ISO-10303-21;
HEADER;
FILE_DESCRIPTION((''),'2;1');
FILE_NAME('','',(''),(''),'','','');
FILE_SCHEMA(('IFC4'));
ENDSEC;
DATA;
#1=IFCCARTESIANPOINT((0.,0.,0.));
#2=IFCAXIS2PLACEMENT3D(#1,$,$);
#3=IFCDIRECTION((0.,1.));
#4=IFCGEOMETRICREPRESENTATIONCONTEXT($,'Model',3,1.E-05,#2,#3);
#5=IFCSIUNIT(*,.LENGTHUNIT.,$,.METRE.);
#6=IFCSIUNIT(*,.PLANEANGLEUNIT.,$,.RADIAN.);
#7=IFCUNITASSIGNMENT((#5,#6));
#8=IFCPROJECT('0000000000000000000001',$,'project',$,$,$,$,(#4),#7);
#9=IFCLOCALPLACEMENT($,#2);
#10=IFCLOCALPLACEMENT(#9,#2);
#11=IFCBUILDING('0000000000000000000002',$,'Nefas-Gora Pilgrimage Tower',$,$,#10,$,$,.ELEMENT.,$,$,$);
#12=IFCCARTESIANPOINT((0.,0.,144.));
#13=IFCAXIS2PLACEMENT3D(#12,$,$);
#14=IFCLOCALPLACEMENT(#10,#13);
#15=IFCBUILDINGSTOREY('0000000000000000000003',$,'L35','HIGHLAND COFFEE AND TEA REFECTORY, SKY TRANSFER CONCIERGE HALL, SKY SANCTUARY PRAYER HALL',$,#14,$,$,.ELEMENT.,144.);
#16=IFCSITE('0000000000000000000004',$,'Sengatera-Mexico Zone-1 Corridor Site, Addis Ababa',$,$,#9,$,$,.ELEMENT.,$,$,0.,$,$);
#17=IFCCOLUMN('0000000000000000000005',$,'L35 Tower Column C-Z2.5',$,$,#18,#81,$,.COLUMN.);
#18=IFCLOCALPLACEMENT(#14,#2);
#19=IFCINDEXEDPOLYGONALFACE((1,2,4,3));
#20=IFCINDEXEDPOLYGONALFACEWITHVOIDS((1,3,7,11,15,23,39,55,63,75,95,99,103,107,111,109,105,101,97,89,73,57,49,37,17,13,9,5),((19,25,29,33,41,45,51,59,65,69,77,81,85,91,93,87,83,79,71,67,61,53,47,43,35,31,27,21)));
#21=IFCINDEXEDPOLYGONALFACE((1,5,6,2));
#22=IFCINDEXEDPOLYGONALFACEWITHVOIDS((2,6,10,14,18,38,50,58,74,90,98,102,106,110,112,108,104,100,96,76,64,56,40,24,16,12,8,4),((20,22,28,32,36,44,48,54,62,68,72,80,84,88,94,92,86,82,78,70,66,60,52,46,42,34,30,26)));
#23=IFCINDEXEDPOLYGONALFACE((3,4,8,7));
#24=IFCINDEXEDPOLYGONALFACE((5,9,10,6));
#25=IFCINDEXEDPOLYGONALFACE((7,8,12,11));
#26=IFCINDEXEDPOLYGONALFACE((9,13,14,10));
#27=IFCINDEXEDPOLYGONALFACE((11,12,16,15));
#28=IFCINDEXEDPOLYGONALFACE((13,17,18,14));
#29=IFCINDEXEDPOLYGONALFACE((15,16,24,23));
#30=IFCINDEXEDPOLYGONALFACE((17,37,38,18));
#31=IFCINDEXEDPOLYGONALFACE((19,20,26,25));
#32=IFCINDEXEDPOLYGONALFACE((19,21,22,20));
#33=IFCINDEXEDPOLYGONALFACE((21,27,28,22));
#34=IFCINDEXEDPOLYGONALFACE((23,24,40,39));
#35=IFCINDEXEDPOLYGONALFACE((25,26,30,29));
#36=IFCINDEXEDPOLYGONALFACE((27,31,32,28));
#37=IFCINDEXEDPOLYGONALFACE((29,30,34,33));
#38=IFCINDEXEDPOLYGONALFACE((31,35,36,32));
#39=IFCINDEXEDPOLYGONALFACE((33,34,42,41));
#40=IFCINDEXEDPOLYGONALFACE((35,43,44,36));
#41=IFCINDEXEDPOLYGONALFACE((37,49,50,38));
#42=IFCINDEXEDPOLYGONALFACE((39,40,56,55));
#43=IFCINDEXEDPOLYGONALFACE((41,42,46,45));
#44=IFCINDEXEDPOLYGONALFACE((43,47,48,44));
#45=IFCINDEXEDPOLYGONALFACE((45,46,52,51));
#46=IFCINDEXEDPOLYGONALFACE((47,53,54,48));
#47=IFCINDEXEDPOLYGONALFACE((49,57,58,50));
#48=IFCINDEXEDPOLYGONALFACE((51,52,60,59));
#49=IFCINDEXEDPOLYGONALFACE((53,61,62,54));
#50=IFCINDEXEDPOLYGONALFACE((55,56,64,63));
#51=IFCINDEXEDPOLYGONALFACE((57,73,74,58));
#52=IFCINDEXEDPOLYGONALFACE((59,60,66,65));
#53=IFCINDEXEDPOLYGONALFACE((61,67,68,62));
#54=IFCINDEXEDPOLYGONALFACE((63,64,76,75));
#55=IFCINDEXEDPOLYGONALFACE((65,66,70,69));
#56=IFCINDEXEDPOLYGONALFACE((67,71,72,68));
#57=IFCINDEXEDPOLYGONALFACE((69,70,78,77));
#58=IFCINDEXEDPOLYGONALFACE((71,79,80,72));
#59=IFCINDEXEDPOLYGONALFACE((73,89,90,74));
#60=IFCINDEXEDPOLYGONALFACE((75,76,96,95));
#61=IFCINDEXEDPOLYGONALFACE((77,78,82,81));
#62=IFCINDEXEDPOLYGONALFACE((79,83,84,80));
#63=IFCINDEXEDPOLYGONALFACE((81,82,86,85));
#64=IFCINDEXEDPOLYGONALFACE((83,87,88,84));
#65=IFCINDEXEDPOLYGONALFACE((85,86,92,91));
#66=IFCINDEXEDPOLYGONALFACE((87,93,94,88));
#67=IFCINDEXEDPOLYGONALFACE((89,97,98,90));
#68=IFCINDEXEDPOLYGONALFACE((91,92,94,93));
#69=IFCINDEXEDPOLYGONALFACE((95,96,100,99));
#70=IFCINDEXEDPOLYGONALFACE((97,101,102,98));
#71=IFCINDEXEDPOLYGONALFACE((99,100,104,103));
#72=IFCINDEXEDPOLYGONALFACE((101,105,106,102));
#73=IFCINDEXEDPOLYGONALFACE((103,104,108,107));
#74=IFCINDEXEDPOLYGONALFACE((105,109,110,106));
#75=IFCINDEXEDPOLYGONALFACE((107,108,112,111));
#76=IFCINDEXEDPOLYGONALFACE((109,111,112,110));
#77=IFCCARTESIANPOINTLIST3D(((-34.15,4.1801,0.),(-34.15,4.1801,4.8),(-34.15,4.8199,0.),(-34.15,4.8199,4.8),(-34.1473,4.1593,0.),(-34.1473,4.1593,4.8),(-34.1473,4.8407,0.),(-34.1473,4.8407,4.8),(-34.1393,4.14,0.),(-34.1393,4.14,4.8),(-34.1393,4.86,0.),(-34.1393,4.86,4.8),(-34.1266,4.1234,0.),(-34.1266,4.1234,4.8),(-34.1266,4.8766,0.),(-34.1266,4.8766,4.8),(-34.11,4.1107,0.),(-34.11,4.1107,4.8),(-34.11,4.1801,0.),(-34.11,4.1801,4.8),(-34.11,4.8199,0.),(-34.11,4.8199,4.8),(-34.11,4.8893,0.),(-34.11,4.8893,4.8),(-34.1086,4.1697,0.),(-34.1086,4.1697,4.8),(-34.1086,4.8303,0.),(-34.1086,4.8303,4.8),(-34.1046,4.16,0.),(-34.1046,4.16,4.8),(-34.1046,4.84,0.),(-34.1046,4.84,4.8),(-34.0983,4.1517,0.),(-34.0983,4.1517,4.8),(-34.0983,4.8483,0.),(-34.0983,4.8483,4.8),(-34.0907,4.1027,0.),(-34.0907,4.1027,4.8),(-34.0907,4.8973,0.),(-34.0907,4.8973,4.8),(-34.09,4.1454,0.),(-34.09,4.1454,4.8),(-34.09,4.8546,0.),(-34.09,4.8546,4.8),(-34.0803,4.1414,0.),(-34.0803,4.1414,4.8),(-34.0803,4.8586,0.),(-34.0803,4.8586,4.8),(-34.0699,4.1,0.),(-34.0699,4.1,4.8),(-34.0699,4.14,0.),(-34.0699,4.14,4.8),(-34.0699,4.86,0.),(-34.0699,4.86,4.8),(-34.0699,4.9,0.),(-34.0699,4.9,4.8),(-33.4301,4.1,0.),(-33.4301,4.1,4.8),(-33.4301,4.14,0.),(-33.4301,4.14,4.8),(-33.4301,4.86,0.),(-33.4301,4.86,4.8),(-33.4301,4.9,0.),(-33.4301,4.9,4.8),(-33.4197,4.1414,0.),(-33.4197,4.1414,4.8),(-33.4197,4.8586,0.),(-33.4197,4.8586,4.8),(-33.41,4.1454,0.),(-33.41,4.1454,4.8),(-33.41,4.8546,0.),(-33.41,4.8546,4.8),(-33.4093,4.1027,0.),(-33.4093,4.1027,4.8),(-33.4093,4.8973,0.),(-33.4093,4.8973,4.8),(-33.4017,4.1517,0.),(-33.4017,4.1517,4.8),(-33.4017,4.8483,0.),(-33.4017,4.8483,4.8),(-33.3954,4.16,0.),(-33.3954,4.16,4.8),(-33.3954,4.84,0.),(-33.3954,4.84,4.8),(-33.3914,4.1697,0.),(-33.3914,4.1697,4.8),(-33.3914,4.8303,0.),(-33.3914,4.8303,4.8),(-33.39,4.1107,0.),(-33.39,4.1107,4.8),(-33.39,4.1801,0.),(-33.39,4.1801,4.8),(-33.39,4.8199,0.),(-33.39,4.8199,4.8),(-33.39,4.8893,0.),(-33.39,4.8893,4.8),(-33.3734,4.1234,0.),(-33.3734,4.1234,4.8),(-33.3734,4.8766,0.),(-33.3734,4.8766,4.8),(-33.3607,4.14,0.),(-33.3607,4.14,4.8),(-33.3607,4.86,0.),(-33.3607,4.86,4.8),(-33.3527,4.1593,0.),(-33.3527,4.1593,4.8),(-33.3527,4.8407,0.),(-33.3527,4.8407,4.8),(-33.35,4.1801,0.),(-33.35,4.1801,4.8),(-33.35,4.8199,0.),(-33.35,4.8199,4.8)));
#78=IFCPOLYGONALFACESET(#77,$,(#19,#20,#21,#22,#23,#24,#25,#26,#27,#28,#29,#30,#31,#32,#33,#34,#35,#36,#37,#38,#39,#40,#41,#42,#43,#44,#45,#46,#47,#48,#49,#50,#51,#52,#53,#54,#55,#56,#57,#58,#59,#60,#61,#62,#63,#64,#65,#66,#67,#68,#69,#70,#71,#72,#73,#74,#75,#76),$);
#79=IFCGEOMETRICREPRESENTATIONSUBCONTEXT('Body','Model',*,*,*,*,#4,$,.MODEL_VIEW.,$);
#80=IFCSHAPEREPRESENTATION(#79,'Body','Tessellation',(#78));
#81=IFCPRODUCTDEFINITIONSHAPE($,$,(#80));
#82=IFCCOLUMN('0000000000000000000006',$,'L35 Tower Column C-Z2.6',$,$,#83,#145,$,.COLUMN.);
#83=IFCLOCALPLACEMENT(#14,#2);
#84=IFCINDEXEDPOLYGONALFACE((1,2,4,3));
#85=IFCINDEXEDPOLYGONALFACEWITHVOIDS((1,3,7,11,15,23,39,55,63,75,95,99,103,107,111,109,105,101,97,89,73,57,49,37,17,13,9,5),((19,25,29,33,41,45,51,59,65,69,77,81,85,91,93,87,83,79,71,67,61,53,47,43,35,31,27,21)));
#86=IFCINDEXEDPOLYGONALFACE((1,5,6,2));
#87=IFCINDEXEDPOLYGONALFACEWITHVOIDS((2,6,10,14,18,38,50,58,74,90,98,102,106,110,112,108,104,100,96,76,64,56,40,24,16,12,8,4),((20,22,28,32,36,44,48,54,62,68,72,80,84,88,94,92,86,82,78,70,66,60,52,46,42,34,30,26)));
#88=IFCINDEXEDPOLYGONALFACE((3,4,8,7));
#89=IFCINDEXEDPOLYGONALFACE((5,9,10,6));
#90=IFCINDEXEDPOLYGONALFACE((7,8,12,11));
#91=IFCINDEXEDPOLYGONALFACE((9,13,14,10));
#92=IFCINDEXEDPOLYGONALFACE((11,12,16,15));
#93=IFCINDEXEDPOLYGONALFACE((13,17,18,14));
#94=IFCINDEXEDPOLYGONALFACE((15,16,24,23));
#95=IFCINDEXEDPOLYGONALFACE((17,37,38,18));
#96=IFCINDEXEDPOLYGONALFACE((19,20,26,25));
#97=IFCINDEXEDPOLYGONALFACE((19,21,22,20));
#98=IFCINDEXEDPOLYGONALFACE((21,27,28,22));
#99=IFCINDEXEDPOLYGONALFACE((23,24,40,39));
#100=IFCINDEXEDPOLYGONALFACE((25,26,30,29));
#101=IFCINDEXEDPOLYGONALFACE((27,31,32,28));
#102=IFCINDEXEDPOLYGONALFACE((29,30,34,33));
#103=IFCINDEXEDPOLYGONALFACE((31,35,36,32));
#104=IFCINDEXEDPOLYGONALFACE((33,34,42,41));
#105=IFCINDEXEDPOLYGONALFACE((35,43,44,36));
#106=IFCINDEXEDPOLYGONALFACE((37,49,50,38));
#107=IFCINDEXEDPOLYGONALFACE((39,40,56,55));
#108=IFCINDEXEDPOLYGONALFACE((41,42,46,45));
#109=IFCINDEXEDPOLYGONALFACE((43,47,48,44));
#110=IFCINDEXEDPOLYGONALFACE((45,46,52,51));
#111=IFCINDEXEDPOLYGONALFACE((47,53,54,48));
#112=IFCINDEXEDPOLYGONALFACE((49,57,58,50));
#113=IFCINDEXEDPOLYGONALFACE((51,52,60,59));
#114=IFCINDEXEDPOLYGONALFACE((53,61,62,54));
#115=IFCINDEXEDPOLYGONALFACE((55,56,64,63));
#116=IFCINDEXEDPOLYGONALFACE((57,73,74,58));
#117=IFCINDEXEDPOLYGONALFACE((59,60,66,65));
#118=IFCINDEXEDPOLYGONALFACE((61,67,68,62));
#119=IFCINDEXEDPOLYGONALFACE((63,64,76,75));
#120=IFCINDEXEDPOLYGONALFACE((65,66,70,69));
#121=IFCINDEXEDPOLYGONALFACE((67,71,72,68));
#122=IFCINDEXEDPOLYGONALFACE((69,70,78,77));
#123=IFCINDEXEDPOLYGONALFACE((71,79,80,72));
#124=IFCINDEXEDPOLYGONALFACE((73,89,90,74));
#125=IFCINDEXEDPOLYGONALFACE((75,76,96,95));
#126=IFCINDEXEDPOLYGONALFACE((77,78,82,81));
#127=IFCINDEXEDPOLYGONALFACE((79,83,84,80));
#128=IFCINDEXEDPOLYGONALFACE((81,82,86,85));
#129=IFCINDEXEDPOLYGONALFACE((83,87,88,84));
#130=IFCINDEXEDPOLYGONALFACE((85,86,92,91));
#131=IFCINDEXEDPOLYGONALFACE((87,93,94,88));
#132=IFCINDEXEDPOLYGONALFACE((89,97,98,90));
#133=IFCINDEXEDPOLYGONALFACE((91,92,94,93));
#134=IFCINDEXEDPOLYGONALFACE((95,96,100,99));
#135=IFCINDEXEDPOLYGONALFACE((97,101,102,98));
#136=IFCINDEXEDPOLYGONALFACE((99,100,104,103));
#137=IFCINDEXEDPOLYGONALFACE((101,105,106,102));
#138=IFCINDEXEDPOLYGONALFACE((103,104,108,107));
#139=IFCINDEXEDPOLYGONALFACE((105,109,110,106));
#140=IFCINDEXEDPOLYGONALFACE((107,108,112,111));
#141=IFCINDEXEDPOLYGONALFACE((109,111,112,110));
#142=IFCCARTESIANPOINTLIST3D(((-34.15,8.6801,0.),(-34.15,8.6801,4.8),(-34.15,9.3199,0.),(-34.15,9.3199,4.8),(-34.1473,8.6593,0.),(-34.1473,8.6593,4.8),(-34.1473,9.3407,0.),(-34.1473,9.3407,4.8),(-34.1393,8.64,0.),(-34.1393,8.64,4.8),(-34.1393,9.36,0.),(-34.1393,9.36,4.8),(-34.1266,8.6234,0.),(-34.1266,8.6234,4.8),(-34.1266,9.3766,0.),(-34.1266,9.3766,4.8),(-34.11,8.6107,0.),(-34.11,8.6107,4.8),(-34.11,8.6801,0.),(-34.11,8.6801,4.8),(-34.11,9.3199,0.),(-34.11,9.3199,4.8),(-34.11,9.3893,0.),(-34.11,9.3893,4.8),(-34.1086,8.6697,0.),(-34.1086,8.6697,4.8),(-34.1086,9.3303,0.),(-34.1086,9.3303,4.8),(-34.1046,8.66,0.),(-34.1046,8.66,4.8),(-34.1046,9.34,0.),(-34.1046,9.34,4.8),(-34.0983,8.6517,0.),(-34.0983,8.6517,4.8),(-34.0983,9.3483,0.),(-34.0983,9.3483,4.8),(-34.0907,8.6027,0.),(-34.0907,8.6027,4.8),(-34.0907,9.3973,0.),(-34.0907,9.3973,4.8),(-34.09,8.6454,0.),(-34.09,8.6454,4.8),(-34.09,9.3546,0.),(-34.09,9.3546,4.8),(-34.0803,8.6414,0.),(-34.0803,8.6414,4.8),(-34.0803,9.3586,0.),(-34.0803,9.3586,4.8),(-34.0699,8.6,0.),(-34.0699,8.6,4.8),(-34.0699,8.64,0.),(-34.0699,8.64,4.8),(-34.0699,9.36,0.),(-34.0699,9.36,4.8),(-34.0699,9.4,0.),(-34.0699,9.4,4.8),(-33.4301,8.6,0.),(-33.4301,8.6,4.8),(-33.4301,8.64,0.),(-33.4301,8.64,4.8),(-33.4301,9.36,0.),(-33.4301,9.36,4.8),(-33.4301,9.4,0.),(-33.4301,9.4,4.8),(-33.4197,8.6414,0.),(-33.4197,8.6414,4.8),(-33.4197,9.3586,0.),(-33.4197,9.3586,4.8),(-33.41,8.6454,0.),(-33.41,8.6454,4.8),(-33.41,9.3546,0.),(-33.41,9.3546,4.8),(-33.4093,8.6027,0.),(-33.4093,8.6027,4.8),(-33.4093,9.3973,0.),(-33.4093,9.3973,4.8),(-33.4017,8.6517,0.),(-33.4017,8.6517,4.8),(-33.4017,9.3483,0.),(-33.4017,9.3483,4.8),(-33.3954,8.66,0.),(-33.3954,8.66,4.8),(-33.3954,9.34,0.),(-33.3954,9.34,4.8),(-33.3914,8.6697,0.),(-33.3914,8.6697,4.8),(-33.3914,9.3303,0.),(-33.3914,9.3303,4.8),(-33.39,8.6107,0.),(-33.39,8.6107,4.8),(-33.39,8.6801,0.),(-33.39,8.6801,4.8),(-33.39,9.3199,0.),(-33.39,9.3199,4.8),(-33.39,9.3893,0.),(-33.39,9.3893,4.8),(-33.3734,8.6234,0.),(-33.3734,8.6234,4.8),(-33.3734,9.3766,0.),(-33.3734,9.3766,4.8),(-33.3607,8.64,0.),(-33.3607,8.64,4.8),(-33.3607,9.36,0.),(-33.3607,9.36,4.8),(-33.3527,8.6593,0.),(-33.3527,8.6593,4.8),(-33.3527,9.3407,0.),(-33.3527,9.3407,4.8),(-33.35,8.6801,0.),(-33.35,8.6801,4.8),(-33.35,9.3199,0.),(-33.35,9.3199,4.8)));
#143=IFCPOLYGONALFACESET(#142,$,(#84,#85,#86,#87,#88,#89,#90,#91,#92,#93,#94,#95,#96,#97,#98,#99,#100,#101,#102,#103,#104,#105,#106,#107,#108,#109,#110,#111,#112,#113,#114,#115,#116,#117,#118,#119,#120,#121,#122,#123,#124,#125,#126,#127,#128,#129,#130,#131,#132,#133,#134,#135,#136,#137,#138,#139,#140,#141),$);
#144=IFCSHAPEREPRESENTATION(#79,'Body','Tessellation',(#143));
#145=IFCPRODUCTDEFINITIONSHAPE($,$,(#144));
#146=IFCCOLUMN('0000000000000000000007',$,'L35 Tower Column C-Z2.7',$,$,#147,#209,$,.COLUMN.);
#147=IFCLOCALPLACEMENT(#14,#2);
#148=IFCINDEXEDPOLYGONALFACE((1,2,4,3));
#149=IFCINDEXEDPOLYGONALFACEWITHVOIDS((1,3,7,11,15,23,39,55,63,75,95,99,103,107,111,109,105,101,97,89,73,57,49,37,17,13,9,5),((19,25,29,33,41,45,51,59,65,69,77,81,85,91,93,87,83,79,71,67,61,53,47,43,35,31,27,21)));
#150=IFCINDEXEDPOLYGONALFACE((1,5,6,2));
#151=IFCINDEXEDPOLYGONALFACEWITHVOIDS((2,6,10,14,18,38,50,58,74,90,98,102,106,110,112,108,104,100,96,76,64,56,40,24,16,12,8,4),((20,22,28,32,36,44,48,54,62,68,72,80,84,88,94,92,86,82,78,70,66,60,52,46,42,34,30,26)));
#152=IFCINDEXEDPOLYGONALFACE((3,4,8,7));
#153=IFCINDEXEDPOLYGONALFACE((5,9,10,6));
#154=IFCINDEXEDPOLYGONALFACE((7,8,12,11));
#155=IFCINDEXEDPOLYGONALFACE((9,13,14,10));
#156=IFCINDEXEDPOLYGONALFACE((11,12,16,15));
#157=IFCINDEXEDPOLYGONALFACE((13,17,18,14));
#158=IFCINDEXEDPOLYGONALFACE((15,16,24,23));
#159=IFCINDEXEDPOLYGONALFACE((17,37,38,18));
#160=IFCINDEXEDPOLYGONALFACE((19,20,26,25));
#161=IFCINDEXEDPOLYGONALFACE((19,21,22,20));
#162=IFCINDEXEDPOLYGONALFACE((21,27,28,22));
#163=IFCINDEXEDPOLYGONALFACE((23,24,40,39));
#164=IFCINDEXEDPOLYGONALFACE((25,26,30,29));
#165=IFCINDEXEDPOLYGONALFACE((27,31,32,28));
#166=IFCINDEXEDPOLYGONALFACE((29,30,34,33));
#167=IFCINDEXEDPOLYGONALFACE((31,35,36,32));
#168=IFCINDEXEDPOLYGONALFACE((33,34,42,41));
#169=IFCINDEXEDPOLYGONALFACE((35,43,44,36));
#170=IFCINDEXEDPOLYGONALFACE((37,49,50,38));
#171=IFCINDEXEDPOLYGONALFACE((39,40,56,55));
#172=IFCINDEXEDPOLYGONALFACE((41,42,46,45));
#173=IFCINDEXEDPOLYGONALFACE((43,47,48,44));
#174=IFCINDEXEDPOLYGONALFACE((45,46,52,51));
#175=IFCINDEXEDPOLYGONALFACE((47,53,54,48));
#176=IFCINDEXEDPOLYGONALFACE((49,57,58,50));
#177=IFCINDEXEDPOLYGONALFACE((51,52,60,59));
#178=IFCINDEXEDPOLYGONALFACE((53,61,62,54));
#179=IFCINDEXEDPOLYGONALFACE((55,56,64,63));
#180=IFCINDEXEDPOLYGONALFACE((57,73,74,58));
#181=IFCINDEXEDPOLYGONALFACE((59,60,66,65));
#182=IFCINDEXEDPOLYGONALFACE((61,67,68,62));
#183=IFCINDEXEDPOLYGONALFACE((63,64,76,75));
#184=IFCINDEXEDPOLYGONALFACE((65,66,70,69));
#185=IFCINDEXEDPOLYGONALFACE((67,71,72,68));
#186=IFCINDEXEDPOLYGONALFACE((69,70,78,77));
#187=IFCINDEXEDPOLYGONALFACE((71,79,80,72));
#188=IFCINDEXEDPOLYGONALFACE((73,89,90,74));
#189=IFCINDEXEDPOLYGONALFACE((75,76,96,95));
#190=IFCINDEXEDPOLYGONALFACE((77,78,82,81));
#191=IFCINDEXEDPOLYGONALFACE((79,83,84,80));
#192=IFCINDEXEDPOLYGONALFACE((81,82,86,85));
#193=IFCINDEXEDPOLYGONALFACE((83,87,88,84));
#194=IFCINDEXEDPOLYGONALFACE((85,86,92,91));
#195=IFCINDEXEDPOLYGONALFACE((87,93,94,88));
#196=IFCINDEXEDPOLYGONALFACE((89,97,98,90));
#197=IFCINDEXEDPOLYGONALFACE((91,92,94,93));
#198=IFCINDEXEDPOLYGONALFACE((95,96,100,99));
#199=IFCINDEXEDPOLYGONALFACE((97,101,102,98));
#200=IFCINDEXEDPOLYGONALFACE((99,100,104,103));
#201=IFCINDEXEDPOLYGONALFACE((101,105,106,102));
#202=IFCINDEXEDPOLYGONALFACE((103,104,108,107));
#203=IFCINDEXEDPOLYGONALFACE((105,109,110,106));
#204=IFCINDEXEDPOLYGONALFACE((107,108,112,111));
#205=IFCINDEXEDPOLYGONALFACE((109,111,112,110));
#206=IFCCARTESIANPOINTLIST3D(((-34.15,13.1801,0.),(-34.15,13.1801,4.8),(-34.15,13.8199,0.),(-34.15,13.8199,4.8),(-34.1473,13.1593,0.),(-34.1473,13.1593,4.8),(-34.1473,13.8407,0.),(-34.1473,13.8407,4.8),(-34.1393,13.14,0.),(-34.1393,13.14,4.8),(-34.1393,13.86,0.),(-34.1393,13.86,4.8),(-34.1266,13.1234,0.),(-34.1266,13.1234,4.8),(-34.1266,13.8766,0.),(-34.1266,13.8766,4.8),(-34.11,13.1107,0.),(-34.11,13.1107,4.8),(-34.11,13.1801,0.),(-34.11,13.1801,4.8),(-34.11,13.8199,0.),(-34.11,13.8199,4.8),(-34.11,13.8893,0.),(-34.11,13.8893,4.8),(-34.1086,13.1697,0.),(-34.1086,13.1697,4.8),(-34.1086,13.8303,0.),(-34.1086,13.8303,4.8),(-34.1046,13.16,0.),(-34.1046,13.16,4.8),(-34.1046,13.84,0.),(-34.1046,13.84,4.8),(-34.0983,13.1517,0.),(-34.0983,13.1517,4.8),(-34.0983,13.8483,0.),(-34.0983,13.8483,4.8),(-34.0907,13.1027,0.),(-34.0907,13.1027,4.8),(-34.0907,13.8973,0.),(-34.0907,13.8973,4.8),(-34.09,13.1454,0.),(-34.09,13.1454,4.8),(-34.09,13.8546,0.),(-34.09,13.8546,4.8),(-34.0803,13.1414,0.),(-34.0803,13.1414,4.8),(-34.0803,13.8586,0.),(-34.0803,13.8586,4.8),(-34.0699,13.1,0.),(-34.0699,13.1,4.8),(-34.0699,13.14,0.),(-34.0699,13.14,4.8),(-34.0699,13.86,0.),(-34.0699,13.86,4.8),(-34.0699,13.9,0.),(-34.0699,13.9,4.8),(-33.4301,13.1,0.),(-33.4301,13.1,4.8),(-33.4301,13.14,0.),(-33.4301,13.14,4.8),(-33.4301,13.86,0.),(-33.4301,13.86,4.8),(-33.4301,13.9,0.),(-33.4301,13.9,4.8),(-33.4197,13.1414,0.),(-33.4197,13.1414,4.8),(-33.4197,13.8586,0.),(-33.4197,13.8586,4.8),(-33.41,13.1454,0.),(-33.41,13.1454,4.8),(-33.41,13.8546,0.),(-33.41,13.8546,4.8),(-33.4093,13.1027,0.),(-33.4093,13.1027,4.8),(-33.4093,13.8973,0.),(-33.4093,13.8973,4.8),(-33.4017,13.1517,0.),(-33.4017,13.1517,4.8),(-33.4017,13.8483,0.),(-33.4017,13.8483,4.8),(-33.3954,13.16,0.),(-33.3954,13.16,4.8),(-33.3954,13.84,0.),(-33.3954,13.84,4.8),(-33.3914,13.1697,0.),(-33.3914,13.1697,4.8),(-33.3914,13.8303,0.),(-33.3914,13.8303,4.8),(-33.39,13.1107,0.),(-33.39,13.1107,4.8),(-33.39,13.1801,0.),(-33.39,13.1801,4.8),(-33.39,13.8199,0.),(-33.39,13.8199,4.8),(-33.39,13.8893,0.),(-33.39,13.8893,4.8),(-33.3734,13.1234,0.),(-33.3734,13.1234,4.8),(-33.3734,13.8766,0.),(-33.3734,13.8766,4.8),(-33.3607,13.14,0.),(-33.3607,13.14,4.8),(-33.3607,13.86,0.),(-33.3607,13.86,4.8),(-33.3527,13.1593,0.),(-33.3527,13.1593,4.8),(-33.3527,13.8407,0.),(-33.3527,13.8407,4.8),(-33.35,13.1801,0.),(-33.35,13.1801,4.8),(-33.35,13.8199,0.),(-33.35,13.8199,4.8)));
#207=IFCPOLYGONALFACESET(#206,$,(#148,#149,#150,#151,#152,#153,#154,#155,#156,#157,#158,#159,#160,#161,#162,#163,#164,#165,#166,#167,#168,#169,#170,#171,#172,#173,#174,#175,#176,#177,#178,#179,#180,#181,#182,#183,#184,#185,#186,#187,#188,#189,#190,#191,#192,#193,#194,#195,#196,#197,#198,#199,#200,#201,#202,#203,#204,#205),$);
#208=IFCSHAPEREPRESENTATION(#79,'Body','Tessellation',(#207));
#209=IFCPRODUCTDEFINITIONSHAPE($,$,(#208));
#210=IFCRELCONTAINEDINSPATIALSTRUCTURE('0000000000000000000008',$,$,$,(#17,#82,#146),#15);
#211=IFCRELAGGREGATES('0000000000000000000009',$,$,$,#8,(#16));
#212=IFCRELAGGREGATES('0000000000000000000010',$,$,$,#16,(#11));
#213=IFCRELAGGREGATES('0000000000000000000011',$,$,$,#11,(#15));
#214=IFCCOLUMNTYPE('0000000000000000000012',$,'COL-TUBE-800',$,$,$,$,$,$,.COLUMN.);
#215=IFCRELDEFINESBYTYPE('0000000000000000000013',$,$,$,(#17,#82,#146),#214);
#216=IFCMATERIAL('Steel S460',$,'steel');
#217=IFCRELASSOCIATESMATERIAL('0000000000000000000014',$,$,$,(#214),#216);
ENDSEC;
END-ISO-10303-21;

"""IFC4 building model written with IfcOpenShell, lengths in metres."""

from ifc_helpers import new_model, si_unit, direction, frame, origin, origin_2d, place, context, subcontext, project, spatial, hollow_rectangle, extrude, source, transform, mapped, material, material_profile, profile_set, type_object, element, save


model = new_model("IFC4")

# Units and contexts
model_context = context("Model", 3, precision=1e-05, world=origin(), true_north=direction((0.0, 1.0)))
body_context = subcontext(model_context, "Body", "Model", "MODEL_VIEW")
ifc_project = project(units=[si_unit("LENGTHUNIT", "METRE"), si_unit("PLANEANGLEUNIT", "RADIAN")], contexts=[model_context])

# Site, building, storey
site_placement = place(None, origin())
site = spatial("IfcSite", under=ifc_project, at=site_placement, Name="Sengatera-Mexico Zone-1 Corridor Site, Addis Ababa", CompositionType="ELEMENT", RefElevation=0.0)
building_placement = place(site_placement, origin())
building = spatial("IfcBuilding", under=site, at=building_placement, Name="Nefas-Gora Pilgrimage Tower", CompositionType="ELEMENT")
storey_placement = place(building_placement, frame((0.0, 0.0, 144.0)))
storey = spatial("IfcBuildingStorey", under=building, at=storey_placement, Name="L35", Description="HIGHLAND COFFEE AND TEA REFECTORY, SKY TRANSFER CONCIERGE HALL, SKY SANCTUARY PRAYER HALL", CompositionType="ELEMENT", Elevation=144.0)

# Columns
ifc_material_1 = material(Name="Steel S460", Category="steel")
ifc_material_profile_1 = material_profile(ifc_material_1, hollow_rectangle(XDim=0.8, YDim=0.8, WallThickness=0.04, InnerFilletRadius=0.04, OuterFilletRadius=0.0801, at=origin_2d()), Name="BOX 800x800x40")
ifc_profile_set_1 = profile_set([ifc_material_profile_1], Name="Steel S460")
column_type_1 = type_object("IfcColumnType", Name="COL-TUBE-800", PredefinedType="COLUMN", material=ifc_profile_set_1)
shared_shape_1 = source(origin(), body_context, "Body", "SweptSolid", [
    extrude(hollow_rectangle(XDim=0.8, YDim=0.8, WallThickness=0.04, InnerFilletRadius=0.04, OuterFilletRadius=0.0801, at=origin_2d()), origin(), (0.0, 0.0, 1.0), 4.8),
])
for number, where, z_axis, x_axis, name in (
    (1, (-33.75, 4.5, 0.0), (0.0, 0.0, 1.0), (1.0, 0.0, 0.0), "L35 Tower Column C-Z2.5"),
    (2, (-33.75, 9.0, 0.0), (0.0, 0.0, 1.0), (1.0, 0.0, 0.0), "L35 Tower Column C-Z2.6"),
    (3, (-33.75, 13.5, 0.0), (0.0, 0.0, 1.0), (1.0, 0.0, 0.0), "L35 Tower Column C-Z2.7"),
):
    element("IfcColumn", number, at=place(storey_placement, frame(where, z_axis=z_axis, x_axis=x_axis)), inside=storey, type_object=column_type_1, Name=name, PredefinedType="COLUMN", context=body_context, shape_type="MappedRepresentation", body=[
        mapped(shared_shape_1, transform((0.0, 0.0, 0.0), x_axis=(1.0, 0.0, 0.0), y_axis=(0.0, 1.0, 0.0), z_axis=(0.0, 0.0, 1.0), scale=1.0)),
    ])

save(model, "model.ifc")
